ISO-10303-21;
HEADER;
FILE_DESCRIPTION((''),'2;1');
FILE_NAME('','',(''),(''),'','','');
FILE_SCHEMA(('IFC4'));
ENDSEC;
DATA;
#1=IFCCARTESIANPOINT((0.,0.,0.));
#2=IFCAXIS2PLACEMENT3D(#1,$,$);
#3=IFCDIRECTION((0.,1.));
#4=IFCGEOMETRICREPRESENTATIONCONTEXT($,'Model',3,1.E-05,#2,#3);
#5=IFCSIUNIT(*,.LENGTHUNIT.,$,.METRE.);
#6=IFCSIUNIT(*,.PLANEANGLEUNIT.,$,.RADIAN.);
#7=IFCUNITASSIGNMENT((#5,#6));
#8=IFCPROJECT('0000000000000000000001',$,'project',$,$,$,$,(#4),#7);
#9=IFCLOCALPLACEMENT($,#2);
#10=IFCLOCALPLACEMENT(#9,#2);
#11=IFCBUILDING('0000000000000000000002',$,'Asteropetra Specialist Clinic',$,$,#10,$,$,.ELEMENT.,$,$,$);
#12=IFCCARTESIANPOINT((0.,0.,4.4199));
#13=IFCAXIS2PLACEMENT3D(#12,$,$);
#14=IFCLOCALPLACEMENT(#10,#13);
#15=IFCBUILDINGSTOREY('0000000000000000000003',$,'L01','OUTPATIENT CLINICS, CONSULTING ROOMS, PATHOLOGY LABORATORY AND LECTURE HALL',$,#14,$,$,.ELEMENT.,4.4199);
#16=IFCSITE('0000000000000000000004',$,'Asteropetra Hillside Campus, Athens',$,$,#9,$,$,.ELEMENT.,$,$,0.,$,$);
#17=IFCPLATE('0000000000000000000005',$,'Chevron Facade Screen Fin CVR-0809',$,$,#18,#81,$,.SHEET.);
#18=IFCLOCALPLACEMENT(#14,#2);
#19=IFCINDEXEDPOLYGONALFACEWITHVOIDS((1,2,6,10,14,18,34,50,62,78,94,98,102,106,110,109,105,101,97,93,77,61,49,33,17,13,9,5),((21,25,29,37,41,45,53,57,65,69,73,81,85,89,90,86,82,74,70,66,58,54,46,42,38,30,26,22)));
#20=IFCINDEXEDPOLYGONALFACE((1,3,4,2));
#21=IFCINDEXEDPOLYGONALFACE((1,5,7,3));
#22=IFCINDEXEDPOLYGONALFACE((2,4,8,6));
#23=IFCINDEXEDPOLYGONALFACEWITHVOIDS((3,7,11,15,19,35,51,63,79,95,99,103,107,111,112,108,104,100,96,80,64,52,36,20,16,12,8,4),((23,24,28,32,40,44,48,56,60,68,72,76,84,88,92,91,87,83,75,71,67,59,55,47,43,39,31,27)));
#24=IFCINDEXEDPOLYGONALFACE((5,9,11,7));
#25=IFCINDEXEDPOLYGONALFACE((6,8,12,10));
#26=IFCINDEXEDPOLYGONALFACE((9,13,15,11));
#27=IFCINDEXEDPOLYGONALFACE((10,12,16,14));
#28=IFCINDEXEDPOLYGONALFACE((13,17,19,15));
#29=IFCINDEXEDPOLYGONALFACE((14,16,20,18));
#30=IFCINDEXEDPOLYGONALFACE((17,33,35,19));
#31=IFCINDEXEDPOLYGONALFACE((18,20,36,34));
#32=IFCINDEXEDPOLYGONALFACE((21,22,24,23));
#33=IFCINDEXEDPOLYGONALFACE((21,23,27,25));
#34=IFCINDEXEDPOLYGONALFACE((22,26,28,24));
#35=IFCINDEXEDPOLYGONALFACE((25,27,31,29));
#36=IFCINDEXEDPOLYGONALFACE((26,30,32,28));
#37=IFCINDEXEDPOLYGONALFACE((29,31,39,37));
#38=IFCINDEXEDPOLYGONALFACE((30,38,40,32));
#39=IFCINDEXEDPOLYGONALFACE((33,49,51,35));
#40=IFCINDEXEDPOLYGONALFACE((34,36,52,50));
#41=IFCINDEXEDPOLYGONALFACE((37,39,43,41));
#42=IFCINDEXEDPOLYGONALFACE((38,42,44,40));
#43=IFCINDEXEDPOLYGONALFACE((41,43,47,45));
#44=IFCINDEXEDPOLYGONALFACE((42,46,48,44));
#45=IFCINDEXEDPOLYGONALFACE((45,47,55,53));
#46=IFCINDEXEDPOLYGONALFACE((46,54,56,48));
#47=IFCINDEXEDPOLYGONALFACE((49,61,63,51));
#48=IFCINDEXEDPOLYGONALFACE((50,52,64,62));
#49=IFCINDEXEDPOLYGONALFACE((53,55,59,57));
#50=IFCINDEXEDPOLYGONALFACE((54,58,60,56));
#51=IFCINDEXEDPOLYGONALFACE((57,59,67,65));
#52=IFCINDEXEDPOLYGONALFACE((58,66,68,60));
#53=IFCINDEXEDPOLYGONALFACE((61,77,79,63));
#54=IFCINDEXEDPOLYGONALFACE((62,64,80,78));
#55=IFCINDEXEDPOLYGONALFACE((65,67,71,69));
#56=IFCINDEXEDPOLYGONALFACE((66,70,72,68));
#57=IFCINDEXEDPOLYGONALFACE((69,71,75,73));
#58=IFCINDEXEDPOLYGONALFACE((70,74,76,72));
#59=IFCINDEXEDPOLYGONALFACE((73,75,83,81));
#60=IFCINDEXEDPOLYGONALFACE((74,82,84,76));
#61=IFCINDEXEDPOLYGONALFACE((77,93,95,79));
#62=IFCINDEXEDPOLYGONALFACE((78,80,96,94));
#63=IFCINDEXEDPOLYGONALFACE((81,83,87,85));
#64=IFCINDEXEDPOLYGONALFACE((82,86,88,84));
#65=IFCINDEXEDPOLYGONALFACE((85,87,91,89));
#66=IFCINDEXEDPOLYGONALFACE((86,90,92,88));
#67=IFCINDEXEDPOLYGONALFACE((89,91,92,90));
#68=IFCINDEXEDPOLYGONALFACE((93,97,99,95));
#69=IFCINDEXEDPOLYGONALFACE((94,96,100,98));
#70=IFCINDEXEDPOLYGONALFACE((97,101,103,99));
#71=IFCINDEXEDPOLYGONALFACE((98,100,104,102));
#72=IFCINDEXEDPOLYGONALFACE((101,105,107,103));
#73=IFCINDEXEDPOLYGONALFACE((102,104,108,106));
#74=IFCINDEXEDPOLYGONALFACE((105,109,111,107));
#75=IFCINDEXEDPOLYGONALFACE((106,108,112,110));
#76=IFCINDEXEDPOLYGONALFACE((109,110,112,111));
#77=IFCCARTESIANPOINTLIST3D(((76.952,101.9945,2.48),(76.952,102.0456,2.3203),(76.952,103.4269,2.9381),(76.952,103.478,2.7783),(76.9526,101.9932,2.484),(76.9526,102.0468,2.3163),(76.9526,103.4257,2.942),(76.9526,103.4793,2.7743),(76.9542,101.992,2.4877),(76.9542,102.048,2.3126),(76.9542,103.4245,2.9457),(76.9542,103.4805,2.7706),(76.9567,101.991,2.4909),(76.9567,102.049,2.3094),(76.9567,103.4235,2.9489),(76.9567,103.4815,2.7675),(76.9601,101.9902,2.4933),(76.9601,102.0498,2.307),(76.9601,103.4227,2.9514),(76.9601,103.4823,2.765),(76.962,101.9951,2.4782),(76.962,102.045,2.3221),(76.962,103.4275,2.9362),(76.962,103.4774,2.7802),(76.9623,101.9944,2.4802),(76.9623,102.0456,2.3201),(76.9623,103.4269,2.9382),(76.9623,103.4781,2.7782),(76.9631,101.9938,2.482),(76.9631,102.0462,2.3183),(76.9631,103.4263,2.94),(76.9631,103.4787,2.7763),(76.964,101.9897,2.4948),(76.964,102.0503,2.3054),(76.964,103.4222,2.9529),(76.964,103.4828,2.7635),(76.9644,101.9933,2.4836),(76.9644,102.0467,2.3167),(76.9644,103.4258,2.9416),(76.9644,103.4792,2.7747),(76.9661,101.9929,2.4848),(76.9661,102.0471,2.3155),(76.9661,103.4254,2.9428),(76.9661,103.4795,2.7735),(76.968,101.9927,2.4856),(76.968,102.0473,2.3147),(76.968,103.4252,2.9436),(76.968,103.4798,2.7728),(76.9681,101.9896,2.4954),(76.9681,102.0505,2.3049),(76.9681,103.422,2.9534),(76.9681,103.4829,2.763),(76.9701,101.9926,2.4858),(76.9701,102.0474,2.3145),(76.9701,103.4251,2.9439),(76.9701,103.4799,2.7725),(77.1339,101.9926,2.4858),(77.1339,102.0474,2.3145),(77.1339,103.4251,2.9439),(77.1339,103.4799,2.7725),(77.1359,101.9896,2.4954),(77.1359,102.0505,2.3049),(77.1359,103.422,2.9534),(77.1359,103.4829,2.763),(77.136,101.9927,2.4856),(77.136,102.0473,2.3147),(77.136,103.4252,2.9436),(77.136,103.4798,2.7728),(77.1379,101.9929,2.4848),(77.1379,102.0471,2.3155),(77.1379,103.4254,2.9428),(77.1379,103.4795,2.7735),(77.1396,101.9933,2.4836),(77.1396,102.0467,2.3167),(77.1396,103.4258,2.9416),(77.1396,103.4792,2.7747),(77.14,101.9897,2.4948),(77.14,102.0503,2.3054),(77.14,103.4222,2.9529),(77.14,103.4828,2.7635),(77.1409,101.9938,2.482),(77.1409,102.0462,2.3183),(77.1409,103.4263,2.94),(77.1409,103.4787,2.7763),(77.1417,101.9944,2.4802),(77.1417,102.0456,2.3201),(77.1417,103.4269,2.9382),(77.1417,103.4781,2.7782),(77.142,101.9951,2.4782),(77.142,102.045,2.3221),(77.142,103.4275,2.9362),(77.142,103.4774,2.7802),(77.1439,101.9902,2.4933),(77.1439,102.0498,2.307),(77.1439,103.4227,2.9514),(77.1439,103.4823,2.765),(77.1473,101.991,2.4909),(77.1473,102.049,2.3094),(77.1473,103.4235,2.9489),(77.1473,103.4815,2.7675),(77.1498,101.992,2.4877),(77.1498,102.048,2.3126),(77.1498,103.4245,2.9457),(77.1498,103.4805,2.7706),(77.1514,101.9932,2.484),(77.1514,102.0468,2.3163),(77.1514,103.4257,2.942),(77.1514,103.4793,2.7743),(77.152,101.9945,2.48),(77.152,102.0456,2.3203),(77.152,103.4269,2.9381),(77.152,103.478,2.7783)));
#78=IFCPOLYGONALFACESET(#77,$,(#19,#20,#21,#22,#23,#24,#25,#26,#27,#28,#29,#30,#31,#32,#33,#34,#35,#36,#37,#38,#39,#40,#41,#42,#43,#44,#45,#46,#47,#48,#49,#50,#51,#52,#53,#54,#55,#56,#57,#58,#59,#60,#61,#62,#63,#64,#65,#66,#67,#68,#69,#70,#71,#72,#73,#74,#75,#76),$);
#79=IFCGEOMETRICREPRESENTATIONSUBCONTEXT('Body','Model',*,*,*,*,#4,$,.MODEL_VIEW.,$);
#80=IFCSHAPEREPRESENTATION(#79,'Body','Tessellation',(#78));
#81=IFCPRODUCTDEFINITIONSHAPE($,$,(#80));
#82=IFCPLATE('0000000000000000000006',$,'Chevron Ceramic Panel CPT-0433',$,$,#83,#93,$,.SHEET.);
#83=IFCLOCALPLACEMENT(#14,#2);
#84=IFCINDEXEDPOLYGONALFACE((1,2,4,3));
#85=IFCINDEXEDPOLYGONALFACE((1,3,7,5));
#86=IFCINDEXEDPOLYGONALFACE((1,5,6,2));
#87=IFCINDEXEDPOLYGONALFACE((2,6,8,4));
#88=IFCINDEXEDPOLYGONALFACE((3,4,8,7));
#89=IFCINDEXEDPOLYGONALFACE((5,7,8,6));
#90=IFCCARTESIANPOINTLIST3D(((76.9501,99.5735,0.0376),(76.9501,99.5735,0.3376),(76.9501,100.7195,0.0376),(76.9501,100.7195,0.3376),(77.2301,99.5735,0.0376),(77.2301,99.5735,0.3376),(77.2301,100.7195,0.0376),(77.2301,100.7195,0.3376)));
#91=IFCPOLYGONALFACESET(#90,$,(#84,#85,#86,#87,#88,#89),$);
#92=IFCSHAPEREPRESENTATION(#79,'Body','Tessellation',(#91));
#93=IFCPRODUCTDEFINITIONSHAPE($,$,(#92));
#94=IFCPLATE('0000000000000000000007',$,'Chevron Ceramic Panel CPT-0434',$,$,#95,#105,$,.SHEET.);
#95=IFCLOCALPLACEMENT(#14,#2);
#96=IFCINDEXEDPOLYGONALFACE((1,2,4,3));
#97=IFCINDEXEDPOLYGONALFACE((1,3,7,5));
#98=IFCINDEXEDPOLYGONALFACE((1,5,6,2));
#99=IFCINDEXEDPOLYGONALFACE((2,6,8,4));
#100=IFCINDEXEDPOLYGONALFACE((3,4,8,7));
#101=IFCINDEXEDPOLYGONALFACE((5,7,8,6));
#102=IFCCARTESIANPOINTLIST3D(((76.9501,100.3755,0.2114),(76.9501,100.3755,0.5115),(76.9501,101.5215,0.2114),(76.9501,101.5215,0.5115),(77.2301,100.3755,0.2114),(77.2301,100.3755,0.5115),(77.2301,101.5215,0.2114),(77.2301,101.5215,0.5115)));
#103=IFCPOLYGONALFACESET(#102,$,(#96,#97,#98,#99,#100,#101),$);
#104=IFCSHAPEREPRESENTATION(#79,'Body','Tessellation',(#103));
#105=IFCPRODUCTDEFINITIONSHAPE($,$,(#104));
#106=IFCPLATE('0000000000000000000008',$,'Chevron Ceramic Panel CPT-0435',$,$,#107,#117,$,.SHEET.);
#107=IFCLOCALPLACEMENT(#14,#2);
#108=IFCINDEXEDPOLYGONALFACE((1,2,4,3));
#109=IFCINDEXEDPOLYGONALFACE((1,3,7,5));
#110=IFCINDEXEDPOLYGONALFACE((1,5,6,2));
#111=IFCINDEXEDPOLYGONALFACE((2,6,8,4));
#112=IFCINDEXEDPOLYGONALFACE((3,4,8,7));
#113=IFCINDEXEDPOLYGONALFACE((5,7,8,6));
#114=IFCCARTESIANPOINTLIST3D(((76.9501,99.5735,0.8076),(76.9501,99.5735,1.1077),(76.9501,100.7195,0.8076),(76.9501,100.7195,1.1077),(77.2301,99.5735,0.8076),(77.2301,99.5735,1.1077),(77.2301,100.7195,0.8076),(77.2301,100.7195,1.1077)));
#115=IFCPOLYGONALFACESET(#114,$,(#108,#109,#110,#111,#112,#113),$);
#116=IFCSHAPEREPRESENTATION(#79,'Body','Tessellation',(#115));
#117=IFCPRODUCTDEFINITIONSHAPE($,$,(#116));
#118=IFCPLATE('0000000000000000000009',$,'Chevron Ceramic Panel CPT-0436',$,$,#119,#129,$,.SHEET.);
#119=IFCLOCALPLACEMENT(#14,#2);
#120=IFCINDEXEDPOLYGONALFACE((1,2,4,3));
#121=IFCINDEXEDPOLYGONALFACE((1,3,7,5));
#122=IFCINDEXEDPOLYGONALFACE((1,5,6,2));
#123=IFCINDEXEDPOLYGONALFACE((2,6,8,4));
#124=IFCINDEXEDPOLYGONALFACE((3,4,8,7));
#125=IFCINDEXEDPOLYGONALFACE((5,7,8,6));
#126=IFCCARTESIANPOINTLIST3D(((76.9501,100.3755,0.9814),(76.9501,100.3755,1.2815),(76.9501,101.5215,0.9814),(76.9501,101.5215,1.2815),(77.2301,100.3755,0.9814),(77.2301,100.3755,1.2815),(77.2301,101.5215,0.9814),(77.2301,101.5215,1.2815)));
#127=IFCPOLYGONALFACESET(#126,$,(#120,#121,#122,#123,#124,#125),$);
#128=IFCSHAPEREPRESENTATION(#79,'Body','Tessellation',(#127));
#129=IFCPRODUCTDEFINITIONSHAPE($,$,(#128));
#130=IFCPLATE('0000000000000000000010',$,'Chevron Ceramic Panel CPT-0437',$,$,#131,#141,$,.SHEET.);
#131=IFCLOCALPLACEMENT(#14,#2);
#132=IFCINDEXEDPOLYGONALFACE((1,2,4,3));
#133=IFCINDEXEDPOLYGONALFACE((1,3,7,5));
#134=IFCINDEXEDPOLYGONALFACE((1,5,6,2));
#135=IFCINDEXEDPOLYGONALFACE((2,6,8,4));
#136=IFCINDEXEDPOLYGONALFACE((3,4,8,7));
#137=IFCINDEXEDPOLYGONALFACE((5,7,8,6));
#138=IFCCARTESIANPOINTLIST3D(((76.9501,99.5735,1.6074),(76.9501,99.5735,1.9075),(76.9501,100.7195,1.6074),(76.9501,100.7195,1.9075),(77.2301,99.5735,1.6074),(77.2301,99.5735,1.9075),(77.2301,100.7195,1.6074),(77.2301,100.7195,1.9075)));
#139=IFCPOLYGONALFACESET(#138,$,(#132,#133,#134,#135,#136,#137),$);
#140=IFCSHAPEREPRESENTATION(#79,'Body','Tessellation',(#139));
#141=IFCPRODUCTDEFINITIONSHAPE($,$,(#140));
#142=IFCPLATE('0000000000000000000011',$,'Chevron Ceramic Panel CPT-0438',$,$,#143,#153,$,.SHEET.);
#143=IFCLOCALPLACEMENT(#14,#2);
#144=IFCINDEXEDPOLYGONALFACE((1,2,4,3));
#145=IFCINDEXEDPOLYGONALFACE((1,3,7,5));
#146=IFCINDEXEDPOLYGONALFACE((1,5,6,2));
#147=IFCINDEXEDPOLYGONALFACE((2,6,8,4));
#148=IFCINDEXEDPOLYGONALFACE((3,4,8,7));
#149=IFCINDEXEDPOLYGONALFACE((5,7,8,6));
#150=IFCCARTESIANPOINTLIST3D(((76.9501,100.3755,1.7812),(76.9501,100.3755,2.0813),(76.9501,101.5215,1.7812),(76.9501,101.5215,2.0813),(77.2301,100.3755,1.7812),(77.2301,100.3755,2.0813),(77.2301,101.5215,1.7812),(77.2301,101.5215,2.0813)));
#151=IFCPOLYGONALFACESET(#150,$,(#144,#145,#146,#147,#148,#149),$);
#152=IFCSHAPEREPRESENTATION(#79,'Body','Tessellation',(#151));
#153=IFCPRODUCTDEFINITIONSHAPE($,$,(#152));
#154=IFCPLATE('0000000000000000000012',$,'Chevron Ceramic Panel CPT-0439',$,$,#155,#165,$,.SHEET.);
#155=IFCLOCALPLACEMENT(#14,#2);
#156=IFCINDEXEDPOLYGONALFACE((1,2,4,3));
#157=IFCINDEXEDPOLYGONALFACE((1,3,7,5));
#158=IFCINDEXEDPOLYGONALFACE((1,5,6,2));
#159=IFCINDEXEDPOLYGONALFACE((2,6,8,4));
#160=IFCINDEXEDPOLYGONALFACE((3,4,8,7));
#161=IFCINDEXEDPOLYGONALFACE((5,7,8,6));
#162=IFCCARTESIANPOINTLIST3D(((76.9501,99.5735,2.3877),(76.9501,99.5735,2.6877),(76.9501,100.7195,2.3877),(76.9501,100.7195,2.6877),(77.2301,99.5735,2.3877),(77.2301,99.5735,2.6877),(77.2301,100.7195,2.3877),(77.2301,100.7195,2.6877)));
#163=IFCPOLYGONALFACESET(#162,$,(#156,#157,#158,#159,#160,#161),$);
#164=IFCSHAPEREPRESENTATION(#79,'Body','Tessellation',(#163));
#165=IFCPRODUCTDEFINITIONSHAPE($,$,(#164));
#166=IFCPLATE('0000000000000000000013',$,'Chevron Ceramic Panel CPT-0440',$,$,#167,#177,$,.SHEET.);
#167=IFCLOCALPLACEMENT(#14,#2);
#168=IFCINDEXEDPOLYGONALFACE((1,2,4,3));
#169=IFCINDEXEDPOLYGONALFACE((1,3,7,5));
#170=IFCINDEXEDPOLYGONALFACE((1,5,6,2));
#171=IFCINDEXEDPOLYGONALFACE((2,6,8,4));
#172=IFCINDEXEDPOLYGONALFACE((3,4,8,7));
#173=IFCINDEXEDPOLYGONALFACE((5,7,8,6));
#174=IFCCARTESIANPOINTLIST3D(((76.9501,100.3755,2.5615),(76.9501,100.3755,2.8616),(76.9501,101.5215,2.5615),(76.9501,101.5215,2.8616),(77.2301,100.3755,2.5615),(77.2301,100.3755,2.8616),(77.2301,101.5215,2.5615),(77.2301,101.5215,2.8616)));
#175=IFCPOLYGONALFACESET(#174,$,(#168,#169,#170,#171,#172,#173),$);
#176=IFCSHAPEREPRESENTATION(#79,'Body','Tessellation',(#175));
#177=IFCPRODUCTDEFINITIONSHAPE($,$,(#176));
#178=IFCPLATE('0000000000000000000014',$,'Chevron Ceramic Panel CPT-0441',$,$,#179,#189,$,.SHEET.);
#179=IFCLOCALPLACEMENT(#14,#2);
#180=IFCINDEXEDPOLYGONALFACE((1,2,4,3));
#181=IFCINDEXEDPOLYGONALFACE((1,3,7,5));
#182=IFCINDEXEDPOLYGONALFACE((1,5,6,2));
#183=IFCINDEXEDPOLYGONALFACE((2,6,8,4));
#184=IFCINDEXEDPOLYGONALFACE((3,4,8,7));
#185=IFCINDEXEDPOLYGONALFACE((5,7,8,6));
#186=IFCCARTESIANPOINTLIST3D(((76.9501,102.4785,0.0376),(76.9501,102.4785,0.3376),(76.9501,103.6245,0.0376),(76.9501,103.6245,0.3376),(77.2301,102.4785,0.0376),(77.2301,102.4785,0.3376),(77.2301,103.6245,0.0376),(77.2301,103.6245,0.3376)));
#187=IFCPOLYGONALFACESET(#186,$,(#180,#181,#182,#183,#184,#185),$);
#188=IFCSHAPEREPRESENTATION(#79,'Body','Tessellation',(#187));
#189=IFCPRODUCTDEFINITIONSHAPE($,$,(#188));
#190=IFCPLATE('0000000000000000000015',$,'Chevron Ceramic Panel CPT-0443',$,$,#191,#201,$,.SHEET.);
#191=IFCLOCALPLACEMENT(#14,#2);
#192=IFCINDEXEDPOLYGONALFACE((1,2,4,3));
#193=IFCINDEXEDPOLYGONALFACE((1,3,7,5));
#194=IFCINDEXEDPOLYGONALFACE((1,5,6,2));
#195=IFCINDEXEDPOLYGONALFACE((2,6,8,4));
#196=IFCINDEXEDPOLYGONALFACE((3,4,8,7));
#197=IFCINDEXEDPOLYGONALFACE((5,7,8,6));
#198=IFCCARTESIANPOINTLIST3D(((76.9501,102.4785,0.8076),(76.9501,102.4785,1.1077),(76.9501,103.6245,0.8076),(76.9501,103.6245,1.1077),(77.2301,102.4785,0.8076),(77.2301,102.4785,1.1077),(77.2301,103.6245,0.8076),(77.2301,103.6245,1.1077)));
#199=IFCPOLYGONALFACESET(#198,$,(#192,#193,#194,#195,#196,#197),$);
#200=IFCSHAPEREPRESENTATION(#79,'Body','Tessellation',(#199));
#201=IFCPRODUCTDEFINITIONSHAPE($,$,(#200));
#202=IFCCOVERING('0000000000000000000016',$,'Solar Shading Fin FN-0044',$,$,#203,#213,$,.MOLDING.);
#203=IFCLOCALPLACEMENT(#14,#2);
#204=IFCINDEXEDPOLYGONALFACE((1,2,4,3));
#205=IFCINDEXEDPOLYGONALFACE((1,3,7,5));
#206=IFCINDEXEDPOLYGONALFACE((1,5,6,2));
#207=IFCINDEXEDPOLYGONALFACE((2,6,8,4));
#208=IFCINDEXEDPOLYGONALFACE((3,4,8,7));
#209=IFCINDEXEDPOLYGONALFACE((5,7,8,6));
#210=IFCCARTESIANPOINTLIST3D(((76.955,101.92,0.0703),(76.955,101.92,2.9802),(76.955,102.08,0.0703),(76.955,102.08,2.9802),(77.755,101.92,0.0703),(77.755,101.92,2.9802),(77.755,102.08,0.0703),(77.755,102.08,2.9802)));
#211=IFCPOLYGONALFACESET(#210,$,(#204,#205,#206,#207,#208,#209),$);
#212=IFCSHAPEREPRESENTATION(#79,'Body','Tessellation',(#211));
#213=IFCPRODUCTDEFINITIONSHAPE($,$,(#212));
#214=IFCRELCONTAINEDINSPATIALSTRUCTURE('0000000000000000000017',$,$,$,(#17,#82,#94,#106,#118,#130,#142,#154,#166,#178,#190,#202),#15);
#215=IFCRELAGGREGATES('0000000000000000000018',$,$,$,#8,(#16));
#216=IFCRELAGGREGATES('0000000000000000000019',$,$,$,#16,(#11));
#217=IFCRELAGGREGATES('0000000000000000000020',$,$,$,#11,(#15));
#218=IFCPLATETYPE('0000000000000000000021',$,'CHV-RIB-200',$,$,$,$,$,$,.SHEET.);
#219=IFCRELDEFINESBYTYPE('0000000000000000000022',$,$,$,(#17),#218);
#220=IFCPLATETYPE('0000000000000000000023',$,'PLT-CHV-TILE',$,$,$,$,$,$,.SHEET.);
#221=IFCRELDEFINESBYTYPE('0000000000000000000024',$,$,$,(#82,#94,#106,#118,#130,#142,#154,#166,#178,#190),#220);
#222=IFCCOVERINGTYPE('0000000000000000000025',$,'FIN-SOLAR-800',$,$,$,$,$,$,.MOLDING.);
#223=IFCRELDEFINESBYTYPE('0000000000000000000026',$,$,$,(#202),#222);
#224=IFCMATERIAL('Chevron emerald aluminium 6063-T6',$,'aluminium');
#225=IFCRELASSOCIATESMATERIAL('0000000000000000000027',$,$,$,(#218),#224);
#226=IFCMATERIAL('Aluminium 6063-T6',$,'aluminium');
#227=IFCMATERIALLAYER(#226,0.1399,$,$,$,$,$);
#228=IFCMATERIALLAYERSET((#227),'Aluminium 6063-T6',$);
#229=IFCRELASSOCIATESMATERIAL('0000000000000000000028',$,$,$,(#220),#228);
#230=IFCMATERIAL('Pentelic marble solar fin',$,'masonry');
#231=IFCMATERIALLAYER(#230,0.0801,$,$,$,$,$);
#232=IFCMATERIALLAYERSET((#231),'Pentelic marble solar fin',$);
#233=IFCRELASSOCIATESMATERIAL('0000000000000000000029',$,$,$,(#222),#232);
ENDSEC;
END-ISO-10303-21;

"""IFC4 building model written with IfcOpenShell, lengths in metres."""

from ifc_helpers import new_model, si_unit, direction, frame, origin, origin_2d, place, context, subcontext, project, spatial, rectangle, hollow_rectangle, extrude, material, layer, layer_set, material_profile, profile_set, type_object, element, save


model = new_model("IFC4")

# Units and contexts
model_context = context("Model", 3, precision=1e-05, world=origin(), true_north=direction((0.0, 1.0)))
body_context = subcontext(model_context, "Body", "Model", "MODEL_VIEW")
ifc_project = project(units=[si_unit("LENGTHUNIT", "METRE"), si_unit("PLANEANGLEUNIT", "RADIAN")], contexts=[model_context])

# Site, building, storey
site_placement = place(None, origin())
site = spatial("IfcSite", under=ifc_project, at=site_placement, Name="Asteropetra Hillside Campus, Athens", CompositionType="ELEMENT", RefElevation=0.0)
building_placement = place(site_placement, origin())
building = spatial("IfcBuilding", under=site, at=building_placement, Name="Asteropetra Specialist Clinic", CompositionType="ELEMENT")
storey_placement = place(building_placement, frame((0.0, 0.0, 4.4199)))
storey = spatial("IfcBuildingStorey", under=building, at=storey_placement, Name="L01", Description="OUTPATIENT CLINICS, CONSULTING ROOMS, PATHOLOGY LABORATORY AND LECTURE HALL", CompositionType="ELEMENT", Elevation=4.4199)

# Plates
ifc_material_1 = material(Name="Chevron emerald aluminium 6063-T6", Category="aluminium")
ifc_material_profile = material_profile(ifc_material_1, hollow_rectangle(XDim=0.2, YDim=0.2, WallThickness=0.01, InnerFilletRadius=0.0081, OuterFilletRadius=0.0161, at=origin_2d()), Name="SHS 200x200x10.0")
ifc_profile_set = profile_set([ifc_material_profile], Name="Chevron emerald aluminium 6063-T6")
plate_type_1 = type_object("IfcPlateType", Name="CHV-RIB-200", PredefinedType="SHEET", material=ifc_profile_set)
for number, where, z_axis, x_axis, name in (
    (1, (77.052, 102.02, 2.4001), (0.0, 0.952492, 0.304564), (-1.0, 0.0, 0.0), "Chevron Facade Screen Fin CVR-0809"),
):
    element("IfcPlate", number, at=place(storey_placement, frame(where, z_axis=z_axis, x_axis=x_axis)), inside=storey, type_object=plate_type_1, Name=name, PredefinedType="SHEET", context=body_context, shape_type="SweptSolid", body=[
        extrude(hollow_rectangle(XDim=0.2, YDim=0.2, WallThickness=0.01, InnerFilletRadius=0.0081, OuterFilletRadius=0.0161, at=origin_2d()), origin(), (0.0, 0.0, 1.0), 1.5039),
    ])
ifc_material_2 = material(Name="Aluminium 6063-T6", Category="aluminium")
ifc_layer_1 = layer(ifc_material_2, 0.1399)
ifc_layer_set_1 = layer_set([ifc_layer_1], Name="Aluminium 6063-T6")
plate_type_2 = type_object("IfcPlateType", Name="PLT-CHV-TILE", PredefinedType="SHEET", material=ifc_layer_set_1)
for number, where, z_axis, x_axis, name in (
    (2, (77.0901, 100.1465, 0.0376), (0.0, 0.0, 1.0), (1.0, 0.0, 0.0), "Chevron Ceramic Panel CPT-0433"),
    (3, (77.0901, 100.9485, 0.2114), (0.0, 0.0, 1.0), (1.0, 0.0, 0.0), "Chevron Ceramic Panel CPT-0434"),
    (4, (77.0901, 100.1465, 0.8076), (0.0, 0.0, 1.0), (1.0, 0.0, 0.0), "Chevron Ceramic Panel CPT-0435"),
    (5, (77.0901, 100.9485, 0.9814), (0.0, 0.0, 1.0), (1.0, 0.0, 0.0), "Chevron Ceramic Panel CPT-0436"),
    (6, (77.0901, 100.1465, 1.6074), (0.0, 0.0, 1.0), (1.0, 0.0, 0.0), "Chevron Ceramic Panel CPT-0437"),
    (7, (77.0901, 100.9485, 1.7812), (0.0, 0.0, 1.0), (1.0, 0.0, 0.0), "Chevron Ceramic Panel CPT-0438"),
    (8, (77.0901, 100.1465, 2.3877), (0.0, 0.0, 1.0), (1.0, 0.0, 0.0), "Chevron Ceramic Panel CPT-0439"),
    (9, (77.0901, 100.9485, 2.5615), (0.0, 0.0, 1.0), (1.0, 0.0, 0.0), "Chevron Ceramic Panel CPT-0440"),
    (10, (77.0901, 103.0515, 0.0376), (0.0, 0.0, 1.0), (1.0, 0.0, 0.0), "Chevron Ceramic Panel CPT-0441"),
    (11, (77.0901, 103.0515, 0.8076), (0.0, 0.0, 1.0), (1.0, 0.0, 0.0), "Chevron Ceramic Panel CPT-0443"),
):
    element("IfcPlate", number, at=place(storey_placement, frame(where, z_axis=z_axis, x_axis=x_axis)), inside=storey, type_object=plate_type_2, Name=name, PredefinedType="SHEET", context=body_context, shape_type="SweptSolid", body=[
        extrude(rectangle(XDim=0.28, YDim=1.146, at=origin_2d()), origin(), (0.0, 0.0, 1.0), 0.3),
    ])

# Covering
ifc_material_3 = material(Name="Pentelic marble solar fin", Category="masonry")
ifc_layer_2 = layer(ifc_material_3, 0.0801)
ifc_layer_set_2 = layer_set([ifc_layer_2], Name="Pentelic marble solar fin")
covering_type = type_object("IfcCoveringType", Name="FIN-SOLAR-800", PredefinedType="MOLDING", material=ifc_layer_set_2)
covering_placement = place(storey_placement, frame((77.355, 102.0, 0.0703), z_axis=(0.0, 0.0, 1.0), x_axis=(1.0, 0.0, 0.0)))
element("IfcCovering", 12, at=covering_placement, inside=storey, type_object=covering_type, Name="Solar Shading Fin FN-0044", PredefinedType="MOLDING", context=body_context, shape_type="SweptSolid", body=[
    extrude(rectangle(XDim=0.8, YDim=0.1599, at=origin_2d()), origin(), (0.0, 0.0, 1.0), 2.9099),
])

save(model, "model.ifc")
